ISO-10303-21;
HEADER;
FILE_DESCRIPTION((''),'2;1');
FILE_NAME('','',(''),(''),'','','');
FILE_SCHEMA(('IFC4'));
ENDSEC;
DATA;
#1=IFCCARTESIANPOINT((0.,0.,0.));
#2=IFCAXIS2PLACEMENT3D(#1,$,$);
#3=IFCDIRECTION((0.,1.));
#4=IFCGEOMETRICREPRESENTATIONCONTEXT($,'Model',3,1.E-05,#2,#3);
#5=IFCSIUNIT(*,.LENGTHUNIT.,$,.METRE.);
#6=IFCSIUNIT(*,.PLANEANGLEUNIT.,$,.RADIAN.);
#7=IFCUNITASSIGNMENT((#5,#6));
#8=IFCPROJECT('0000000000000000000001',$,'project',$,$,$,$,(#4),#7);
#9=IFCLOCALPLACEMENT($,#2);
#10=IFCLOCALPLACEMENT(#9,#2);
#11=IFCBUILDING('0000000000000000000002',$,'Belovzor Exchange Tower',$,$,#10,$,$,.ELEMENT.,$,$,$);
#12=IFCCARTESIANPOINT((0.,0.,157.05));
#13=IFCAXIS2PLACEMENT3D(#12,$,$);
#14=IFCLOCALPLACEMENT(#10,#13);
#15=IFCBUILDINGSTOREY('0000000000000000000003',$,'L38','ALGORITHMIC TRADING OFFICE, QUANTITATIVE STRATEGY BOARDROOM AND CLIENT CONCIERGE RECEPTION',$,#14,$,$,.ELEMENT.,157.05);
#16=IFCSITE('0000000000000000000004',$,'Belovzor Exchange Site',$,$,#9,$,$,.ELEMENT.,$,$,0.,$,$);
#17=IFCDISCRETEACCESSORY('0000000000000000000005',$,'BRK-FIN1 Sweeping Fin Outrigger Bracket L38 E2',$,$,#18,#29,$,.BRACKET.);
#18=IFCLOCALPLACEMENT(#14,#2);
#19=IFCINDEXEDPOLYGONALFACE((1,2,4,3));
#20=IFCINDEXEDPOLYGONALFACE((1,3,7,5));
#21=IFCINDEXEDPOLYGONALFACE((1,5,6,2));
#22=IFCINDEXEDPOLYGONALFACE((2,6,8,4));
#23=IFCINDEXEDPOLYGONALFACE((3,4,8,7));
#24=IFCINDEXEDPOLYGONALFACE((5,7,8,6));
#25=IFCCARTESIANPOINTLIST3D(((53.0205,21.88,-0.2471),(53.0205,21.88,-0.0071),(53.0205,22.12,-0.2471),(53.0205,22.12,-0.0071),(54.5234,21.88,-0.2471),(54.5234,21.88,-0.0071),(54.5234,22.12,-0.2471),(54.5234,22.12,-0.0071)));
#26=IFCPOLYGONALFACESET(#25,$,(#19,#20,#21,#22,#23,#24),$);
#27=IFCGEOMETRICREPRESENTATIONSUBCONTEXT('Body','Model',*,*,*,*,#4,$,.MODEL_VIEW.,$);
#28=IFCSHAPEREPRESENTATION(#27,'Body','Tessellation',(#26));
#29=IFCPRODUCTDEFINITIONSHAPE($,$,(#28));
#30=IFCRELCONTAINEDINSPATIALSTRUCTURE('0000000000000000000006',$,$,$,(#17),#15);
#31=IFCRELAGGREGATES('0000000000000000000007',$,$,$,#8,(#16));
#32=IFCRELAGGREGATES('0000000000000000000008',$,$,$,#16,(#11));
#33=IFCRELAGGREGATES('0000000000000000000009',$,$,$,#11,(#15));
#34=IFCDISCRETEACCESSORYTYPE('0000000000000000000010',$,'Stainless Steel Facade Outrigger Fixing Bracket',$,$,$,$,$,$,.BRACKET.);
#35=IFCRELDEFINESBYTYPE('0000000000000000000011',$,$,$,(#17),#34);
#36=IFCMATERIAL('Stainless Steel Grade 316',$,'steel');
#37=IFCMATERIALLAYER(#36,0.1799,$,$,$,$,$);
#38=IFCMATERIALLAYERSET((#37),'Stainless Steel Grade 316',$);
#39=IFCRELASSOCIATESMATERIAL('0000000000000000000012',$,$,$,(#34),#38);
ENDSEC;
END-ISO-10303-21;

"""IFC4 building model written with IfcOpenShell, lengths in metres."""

from ifc_helpers import new_model, si_unit, direction, frame, origin, origin_2d, place, context, subcontext, project, spatial, rectangle, extrude, material, layer, layer_set, type_object, element, save


model = new_model("IFC4")

# Units and contexts
model_context = context("Model", 3, precision=1e-05, world=origin(), true_north=direction((0.0, 1.0)))
body_context = subcontext(model_context, "Body", "Model", "MODEL_VIEW")
ifc_project = project(units=[si_unit("LENGTHUNIT", "METRE"), si_unit("PLANEANGLEUNIT", "RADIAN")], contexts=[model_context])

# Site, building, storey
site_placement = place(None, origin())
site = spatial("IfcSite", under=ifc_project, at=site_placement, Name="Belovzor Exchange Site", CompositionType="ELEMENT", RefElevation=0.0)
building_placement = place(site_placement, origin())
building = spatial("IfcBuilding", under=site, at=building_placement, Name="Belovzor Exchange Tower", CompositionType="ELEMENT")
storey_placement = place(building_placement, frame((0.0, 0.0, 157.05)))
storey = spatial("IfcBuildingStorey", under=building, at=storey_placement, Name="L38", Description="ALGORITHMIC TRADING OFFICE, QUANTITATIVE STRATEGY BOARDROOM AND CLIENT CONCIERGE RECEPTION", CompositionType="ELEMENT", Elevation=157.05)

# Discrete accessory
ifc_material_1 = material(Name="Stainless Steel Grade 316", Category="steel")
ifc_layer_1 = layer(ifc_material_1, 0.1799)
ifc_layer_set_1 = layer_set([ifc_layer_1], Name="Stainless Steel Grade 316")
discrete_accessory_type = type_object("IfcDiscreteAccessoryType", Name="Stainless Steel Facade Outrigger Fixing Bracket", PredefinedType="BRACKET", material=ifc_layer_set_1)
discrete_accessory_placement = place(storey_placement, frame((53.772, 22.0, -0.2471), z_axis=(0.0, 0.0, 1.0), x_axis=(1.0, 0.0, 0.0)))
element("IfcDiscreteAccessory", 1, at=discrete_accessory_placement, inside=storey, type_object=discrete_accessory_type, Name="BRK-FIN1 Sweeping Fin Outrigger Bracket L38 E2", PredefinedType="BRACKET", context=body_context, shape_type="SweptSolid", body=[
    extrude(rectangle(XDim=1.5029, YDim=0.24, at=origin_2d()), origin(), (0.0, 0.0, 1.0), 0.24),
])

save(model, "model.ifc")
